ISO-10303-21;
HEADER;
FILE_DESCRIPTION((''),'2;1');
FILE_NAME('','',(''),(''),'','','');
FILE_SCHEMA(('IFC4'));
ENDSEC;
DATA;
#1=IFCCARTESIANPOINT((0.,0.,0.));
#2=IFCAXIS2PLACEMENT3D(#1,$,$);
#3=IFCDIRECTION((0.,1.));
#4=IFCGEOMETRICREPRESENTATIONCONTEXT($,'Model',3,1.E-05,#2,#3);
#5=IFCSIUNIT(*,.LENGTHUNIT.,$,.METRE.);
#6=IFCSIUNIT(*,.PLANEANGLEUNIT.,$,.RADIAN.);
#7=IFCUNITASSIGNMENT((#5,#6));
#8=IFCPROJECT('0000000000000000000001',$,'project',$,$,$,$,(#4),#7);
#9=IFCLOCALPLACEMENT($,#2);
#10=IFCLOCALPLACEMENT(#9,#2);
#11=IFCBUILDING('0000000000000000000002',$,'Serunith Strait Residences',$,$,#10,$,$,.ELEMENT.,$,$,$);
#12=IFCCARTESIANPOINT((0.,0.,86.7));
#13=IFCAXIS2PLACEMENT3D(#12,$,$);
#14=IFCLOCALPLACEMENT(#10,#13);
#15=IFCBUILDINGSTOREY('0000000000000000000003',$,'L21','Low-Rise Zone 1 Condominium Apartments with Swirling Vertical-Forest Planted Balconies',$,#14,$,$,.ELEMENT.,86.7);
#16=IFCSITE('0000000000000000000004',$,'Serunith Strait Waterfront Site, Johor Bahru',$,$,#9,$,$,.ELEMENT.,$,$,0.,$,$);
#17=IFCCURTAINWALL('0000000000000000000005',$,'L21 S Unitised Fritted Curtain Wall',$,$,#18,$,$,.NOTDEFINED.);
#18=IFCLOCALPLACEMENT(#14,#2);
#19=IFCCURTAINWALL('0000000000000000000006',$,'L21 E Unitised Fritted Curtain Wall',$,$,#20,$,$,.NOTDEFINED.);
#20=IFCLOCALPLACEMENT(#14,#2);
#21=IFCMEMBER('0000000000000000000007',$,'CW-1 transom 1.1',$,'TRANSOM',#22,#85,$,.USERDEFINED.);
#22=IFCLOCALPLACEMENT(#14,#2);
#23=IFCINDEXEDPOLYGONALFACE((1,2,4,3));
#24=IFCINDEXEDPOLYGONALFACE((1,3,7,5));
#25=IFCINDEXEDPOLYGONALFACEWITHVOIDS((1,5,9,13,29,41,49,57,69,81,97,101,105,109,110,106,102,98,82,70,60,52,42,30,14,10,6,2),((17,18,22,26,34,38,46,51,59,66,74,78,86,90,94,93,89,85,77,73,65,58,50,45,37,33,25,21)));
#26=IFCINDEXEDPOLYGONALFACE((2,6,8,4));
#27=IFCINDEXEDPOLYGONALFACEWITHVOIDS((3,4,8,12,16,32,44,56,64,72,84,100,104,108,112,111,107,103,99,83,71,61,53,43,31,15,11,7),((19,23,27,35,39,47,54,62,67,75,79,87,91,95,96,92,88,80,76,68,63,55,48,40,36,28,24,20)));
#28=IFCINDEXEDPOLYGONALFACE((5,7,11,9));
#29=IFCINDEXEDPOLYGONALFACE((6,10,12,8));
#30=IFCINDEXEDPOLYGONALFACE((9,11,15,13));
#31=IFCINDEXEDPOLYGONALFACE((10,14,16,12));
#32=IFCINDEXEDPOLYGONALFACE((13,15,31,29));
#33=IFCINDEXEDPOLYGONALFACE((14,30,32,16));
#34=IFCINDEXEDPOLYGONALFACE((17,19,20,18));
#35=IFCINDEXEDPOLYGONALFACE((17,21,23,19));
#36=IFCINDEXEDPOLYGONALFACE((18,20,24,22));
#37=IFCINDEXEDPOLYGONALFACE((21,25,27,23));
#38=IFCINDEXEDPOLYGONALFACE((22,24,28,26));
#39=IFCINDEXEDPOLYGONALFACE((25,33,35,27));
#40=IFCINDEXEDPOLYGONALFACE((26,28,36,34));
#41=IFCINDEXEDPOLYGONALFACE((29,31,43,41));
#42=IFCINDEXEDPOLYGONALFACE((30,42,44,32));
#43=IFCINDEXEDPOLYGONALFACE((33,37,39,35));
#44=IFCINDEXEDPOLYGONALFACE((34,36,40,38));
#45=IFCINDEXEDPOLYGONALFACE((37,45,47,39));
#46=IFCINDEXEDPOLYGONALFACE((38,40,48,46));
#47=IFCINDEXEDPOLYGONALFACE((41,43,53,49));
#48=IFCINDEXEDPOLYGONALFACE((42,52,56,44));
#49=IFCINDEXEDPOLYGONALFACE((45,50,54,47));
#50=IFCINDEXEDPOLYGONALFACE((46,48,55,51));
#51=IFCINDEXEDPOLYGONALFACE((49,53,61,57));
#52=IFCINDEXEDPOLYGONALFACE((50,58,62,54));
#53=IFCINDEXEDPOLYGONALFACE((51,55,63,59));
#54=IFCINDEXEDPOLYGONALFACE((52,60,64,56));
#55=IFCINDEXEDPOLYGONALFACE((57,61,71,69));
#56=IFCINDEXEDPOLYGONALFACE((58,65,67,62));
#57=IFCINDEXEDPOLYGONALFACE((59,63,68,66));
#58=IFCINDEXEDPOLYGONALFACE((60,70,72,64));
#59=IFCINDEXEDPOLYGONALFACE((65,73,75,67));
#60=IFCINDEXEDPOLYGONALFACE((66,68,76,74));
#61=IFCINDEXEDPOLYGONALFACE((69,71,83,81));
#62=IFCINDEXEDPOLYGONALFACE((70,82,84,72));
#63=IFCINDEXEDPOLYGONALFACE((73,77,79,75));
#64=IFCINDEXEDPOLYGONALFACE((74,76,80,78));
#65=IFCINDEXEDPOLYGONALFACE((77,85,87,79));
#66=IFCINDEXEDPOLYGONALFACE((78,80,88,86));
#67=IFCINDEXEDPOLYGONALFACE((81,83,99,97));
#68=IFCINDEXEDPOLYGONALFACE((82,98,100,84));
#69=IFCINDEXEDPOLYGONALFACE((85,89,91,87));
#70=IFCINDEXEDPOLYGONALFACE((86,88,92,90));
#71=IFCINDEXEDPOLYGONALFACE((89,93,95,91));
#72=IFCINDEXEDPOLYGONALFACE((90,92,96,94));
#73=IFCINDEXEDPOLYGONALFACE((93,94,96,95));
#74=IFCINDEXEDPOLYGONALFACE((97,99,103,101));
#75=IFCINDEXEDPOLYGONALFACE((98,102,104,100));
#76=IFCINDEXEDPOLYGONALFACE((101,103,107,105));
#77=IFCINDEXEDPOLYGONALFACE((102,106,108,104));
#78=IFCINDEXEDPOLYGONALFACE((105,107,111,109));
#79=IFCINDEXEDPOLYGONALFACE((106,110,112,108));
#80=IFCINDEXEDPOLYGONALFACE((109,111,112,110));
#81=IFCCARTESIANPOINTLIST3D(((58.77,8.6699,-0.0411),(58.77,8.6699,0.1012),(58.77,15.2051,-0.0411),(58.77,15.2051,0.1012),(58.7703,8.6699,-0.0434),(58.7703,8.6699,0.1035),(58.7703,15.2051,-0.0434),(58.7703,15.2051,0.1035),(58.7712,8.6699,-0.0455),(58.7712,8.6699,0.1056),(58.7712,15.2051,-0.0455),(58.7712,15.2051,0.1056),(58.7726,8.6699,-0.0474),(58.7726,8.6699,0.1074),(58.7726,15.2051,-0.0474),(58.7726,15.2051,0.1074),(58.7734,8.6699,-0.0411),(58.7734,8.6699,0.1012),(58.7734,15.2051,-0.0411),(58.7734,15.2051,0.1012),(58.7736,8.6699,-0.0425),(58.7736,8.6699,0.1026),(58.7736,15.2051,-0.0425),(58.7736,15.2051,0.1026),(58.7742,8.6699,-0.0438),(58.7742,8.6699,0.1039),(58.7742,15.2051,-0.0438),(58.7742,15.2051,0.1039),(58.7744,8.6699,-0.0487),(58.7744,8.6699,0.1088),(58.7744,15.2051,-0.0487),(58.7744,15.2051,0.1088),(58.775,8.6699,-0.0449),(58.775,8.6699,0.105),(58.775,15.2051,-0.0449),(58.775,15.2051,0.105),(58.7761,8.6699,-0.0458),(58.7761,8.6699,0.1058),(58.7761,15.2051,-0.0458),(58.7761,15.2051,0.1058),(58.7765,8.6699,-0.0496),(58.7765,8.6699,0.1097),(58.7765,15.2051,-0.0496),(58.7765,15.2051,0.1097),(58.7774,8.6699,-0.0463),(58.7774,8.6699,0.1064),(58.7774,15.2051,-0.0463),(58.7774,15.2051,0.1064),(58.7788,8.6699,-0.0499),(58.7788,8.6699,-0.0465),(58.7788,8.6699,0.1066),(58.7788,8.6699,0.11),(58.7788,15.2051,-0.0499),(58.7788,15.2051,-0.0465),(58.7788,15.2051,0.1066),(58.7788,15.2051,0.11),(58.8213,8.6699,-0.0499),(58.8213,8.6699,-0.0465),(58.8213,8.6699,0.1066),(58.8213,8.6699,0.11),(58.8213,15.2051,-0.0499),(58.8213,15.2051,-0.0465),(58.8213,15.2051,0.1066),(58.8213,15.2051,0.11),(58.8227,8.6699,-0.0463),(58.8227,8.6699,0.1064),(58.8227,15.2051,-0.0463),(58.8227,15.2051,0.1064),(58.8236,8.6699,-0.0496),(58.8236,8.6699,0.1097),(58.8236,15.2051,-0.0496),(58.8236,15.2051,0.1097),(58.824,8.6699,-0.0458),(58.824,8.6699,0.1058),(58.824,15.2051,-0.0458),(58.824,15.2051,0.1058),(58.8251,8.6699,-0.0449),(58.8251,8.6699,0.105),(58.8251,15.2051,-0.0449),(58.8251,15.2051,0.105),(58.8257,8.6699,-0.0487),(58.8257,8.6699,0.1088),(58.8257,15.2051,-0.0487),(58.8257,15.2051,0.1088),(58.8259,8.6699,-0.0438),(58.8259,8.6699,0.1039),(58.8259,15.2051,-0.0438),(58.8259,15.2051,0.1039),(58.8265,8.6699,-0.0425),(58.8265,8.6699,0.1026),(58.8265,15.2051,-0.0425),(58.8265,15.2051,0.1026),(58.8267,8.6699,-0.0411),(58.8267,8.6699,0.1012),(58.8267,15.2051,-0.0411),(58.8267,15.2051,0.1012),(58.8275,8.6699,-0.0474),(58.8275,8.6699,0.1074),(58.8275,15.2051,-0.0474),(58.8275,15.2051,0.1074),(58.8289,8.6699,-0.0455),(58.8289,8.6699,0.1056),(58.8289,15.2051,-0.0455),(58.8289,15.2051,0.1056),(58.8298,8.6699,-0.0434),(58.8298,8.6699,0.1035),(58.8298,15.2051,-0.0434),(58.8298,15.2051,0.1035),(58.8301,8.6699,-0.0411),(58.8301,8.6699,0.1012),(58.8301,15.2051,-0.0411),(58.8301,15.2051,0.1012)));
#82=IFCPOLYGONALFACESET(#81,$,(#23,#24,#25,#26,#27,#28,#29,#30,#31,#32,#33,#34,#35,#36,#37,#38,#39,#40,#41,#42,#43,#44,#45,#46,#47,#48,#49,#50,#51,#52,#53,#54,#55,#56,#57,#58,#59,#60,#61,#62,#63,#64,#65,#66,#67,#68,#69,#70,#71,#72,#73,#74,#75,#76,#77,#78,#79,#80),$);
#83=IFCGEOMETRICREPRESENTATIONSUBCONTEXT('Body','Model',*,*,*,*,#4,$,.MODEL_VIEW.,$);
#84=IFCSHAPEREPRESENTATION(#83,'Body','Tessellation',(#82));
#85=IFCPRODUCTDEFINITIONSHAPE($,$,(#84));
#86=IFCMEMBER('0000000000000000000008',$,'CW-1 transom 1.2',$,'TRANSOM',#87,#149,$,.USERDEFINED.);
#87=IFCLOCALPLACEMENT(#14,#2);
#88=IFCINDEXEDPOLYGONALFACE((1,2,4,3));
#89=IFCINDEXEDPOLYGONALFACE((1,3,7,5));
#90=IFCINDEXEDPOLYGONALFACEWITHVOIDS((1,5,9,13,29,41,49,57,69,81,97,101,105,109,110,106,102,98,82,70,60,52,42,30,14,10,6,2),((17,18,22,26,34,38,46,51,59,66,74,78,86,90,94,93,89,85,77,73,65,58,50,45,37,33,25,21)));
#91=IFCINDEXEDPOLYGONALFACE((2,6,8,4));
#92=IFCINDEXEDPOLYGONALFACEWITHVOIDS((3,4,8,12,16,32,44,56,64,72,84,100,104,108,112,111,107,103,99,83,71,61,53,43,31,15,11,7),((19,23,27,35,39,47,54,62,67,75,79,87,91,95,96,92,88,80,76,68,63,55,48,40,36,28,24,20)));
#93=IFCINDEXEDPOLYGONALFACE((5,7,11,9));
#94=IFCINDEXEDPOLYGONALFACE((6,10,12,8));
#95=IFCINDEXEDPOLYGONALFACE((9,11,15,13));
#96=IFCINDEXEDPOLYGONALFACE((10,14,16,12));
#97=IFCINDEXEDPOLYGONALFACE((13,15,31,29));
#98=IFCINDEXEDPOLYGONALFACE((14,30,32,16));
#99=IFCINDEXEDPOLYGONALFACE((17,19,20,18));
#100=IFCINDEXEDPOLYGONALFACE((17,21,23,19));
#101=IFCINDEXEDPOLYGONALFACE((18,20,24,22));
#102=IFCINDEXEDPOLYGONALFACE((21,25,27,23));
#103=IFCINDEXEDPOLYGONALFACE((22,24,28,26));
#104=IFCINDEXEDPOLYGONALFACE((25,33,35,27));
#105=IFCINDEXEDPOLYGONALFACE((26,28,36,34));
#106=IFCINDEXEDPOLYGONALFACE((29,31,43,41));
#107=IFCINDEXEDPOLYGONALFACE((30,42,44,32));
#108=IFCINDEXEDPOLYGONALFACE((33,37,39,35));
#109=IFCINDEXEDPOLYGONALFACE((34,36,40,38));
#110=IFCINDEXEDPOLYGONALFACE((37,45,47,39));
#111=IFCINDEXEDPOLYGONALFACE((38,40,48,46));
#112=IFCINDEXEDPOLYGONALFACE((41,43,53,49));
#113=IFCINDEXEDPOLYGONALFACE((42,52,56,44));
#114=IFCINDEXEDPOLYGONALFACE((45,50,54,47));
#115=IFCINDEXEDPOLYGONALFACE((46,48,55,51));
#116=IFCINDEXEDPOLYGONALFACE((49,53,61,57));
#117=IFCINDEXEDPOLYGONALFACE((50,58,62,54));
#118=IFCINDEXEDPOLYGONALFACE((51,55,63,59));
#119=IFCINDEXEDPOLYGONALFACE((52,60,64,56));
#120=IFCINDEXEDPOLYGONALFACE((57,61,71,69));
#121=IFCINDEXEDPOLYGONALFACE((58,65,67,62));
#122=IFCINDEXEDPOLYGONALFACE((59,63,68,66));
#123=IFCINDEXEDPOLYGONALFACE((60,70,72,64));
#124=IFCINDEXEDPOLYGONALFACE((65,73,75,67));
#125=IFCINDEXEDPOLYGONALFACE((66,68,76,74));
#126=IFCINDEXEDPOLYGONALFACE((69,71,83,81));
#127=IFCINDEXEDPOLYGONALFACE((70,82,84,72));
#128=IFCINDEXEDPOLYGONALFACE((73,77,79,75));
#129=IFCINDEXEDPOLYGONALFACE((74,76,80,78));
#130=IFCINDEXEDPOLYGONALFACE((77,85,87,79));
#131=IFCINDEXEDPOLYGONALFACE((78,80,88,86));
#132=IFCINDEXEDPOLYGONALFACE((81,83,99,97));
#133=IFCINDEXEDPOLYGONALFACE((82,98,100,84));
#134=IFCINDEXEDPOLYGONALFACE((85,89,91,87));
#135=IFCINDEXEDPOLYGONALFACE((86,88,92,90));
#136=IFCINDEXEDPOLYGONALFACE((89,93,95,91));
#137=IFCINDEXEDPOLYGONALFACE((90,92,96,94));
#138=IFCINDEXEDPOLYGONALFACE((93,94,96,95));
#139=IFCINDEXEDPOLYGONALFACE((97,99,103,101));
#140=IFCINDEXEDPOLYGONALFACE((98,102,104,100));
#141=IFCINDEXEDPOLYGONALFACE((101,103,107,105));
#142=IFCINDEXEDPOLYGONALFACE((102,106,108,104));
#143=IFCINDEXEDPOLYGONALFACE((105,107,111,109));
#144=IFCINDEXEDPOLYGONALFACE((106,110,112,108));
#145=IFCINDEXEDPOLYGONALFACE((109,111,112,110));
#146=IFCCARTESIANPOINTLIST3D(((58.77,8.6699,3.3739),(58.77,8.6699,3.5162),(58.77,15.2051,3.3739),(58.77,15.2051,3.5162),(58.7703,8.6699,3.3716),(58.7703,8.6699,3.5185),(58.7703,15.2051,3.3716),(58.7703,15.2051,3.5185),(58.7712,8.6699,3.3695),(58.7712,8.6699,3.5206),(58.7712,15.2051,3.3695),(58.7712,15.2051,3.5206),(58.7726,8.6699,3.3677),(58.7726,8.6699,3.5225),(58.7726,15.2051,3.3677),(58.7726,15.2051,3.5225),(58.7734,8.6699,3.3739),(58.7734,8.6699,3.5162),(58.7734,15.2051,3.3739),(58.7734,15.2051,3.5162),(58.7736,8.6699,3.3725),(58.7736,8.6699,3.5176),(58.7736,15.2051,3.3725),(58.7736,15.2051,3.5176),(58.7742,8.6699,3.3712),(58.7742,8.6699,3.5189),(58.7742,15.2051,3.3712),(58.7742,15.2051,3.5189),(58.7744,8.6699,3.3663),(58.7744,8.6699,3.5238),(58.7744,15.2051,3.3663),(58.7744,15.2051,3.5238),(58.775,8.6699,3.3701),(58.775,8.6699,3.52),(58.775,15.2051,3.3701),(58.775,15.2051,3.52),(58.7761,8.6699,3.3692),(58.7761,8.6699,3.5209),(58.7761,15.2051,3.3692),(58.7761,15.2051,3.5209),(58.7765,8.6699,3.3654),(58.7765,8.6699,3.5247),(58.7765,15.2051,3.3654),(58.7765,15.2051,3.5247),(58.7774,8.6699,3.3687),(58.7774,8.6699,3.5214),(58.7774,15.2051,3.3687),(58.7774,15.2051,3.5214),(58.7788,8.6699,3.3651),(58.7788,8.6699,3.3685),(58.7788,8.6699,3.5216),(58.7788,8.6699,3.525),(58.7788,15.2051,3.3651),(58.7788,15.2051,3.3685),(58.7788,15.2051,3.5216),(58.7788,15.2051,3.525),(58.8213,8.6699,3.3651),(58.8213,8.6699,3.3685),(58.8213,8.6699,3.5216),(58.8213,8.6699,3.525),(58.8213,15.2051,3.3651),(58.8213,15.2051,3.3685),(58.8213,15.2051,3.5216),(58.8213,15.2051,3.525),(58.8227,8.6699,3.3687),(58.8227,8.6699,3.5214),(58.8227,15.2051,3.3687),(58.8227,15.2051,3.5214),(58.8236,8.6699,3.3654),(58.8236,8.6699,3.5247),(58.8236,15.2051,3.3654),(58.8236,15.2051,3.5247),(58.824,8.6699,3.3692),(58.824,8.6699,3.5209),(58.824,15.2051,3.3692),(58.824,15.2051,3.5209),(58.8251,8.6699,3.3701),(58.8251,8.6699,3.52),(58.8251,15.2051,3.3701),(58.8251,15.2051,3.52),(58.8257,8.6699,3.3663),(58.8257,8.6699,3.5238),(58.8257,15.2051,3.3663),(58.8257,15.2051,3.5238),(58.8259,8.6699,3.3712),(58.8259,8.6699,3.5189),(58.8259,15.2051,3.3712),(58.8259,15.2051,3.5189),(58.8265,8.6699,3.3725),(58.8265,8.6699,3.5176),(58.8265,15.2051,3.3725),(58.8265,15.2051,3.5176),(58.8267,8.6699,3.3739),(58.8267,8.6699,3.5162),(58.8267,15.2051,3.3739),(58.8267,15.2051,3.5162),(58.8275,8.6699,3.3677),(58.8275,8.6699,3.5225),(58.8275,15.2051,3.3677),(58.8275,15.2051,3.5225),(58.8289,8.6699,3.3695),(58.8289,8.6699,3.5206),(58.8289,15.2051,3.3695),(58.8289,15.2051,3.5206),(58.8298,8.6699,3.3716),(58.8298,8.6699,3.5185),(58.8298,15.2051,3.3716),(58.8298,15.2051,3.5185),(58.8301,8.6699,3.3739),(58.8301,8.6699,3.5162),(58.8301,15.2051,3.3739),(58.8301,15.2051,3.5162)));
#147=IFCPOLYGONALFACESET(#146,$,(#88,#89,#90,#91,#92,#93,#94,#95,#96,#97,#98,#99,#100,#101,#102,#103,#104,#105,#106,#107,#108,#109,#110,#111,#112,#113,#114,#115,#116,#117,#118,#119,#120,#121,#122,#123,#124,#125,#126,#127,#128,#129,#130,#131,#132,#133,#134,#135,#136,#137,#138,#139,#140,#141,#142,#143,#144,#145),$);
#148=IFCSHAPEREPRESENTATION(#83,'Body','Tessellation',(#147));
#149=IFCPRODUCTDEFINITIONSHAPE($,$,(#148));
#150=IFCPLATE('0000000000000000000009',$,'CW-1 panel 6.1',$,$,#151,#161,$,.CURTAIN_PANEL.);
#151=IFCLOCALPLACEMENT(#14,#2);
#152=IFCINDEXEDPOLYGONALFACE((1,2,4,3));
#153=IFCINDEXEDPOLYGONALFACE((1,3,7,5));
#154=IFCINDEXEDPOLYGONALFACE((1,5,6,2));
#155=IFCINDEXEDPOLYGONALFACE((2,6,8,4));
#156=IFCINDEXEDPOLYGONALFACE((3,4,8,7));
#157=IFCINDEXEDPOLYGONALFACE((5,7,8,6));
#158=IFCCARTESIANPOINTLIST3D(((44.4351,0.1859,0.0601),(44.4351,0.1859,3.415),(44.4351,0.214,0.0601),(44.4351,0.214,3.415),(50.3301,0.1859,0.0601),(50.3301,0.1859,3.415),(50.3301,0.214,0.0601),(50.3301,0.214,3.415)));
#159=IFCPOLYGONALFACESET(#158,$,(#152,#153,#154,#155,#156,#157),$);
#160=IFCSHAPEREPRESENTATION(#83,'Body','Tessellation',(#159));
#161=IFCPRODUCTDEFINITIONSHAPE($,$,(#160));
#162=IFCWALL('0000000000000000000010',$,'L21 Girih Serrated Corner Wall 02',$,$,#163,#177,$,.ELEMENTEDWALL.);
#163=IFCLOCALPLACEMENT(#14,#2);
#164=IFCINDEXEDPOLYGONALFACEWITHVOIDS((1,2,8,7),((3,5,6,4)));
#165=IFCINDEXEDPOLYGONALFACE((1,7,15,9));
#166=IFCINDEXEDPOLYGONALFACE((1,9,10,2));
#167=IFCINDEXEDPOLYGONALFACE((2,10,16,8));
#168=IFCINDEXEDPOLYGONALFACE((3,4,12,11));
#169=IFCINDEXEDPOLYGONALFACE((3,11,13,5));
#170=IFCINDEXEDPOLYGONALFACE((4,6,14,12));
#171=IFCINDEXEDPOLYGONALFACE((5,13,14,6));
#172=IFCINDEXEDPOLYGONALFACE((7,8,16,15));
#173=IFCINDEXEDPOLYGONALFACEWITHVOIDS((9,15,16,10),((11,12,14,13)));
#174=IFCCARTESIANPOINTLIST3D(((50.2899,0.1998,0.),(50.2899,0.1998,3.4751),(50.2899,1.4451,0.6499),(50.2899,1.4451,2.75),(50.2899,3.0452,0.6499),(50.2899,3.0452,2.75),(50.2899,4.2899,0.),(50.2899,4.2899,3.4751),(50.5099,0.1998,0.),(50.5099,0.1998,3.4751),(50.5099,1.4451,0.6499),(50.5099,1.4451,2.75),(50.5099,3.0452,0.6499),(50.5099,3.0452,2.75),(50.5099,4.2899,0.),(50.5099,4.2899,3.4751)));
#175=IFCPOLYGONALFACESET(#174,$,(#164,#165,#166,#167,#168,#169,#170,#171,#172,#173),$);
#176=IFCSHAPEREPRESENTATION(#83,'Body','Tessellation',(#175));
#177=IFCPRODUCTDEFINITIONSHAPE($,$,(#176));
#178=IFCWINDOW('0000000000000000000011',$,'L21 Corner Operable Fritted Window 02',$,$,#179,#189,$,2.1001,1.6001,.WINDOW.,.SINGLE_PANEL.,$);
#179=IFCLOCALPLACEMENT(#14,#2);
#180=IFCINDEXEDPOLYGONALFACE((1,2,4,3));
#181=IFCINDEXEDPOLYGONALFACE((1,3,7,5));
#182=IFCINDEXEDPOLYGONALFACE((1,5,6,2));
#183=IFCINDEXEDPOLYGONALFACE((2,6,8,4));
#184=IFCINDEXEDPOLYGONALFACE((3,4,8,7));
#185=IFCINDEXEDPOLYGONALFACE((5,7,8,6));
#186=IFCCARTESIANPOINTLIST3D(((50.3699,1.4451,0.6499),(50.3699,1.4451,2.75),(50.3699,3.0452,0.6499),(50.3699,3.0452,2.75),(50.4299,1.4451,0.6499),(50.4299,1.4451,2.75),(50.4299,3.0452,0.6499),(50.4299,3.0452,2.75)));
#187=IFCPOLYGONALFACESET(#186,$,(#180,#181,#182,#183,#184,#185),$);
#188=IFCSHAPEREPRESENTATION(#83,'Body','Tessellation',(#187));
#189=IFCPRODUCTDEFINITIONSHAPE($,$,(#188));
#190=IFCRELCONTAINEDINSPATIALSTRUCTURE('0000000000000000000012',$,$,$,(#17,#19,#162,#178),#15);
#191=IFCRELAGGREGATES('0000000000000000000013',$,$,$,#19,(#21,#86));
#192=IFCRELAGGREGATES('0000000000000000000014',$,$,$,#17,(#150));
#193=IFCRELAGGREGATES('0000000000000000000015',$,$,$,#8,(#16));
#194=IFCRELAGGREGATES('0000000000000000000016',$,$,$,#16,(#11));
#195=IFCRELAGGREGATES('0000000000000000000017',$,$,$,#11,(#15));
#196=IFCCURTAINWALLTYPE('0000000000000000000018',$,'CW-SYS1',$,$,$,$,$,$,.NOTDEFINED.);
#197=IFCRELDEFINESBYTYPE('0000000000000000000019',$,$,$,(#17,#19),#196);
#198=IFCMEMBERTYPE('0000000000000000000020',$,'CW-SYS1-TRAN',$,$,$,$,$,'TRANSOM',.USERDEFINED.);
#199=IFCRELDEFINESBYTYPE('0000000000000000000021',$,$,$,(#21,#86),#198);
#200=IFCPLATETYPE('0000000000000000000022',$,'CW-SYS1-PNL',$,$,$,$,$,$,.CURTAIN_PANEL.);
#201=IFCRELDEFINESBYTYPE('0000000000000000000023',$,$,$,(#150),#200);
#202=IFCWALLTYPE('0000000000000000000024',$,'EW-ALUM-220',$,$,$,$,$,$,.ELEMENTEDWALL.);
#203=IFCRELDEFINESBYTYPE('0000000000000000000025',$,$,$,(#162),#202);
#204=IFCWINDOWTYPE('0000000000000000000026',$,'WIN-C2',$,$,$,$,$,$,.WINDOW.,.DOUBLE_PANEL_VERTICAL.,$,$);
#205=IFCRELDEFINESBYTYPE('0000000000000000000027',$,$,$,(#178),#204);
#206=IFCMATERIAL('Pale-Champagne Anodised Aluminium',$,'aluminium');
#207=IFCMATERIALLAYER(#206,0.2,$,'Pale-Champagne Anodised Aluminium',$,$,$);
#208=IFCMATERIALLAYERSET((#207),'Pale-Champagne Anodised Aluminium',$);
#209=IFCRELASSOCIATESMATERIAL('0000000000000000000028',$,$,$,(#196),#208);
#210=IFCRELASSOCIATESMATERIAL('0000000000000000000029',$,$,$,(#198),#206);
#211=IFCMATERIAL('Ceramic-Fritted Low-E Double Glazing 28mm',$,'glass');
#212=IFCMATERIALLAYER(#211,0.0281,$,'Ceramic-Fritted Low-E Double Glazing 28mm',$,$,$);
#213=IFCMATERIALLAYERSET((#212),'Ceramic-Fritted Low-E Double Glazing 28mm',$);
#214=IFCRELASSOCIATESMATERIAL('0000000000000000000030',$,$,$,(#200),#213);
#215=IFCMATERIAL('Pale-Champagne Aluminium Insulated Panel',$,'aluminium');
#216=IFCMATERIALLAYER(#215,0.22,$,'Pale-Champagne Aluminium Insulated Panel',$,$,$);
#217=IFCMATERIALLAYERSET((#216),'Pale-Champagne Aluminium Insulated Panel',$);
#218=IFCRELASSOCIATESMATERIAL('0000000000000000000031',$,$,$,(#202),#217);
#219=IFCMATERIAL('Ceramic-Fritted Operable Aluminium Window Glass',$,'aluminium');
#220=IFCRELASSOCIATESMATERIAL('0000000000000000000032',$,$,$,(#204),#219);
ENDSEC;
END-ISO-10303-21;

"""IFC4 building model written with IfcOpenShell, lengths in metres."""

from ifc_helpers import new_model, si_unit, direction, frame, frame_2d, origin, origin_2d, place, context, subcontext, project, spatial, rectangle, hollow_rectangle, extrude, source, transform, mapped, material, layer, layer_set, material_profile, profile_set, type_object, element, fill, aggregate, save


model = new_model("IFC4")

# Units and contexts
model_context = context("Model", 3, precision=1e-05, world=origin(), true_north=direction((0.0, 1.0)))
body_context = subcontext(model_context, "Body", "Model", "MODEL_VIEW")
ifc_project = project(units=[si_unit("LENGTHUNIT", "METRE"), si_unit("PLANEANGLEUNIT", "RADIAN")], contexts=[model_context])

# Site, building, storey
site_placement = place(None, origin())
site = spatial("IfcSite", under=ifc_project, at=site_placement, Name="Serunith Strait Waterfront Site, Johor Bahru", CompositionType="ELEMENT", RefElevation=0.0)
building_placement = place(site_placement, origin())
building = spatial("IfcBuilding", under=site, at=building_placement, Name="Serunith Strait Residences", CompositionType="ELEMENT")
storey_placement = place(building_placement, frame((0.0, 0.0, 86.7)))
storey = spatial("IfcBuildingStorey", under=building, at=storey_placement, Name="L21", Description="Low-Rise Zone 1 Condominium Apartments with Swirling Vertical-Forest Planted Balconies", CompositionType="ELEMENT", Elevation=86.7)

# Curtain wall
ifc_material_1 = material(Name="Pale-Champagne Anodised Aluminium", Category="aluminium")
ifc_layer_1 = layer(ifc_material_1, 0.2, Name="Pale-Champagne Anodised Aluminium")
ifc_layer_set_1 = layer_set([ifc_layer_1], Name="Pale-Champagne Anodised Aluminium")
curtain_wall_type = type_object("IfcCurtainWallType", Name="CW-SYS1", PredefinedType="NOTDEFINED", material=ifc_layer_set_1)
curtain_wall_1_placement = place(storey_placement, origin())
curtain_wall_1 = element("IfcCurtainWall", 1, at=curtain_wall_1_placement, inside=storey, type_object=curtain_wall_type, Name="L21 S Unitised Fritted Curtain Wall", PredefinedType="NOTDEFINED")

# Curtain wall, members
curtain_wall_2_placement = place(storey_placement, origin())
curtain_wall_2 = element("IfcCurtainWall", 2, at=curtain_wall_2_placement, inside=storey, type_object=curtain_wall_type, Name="L21 E Unitised Fritted Curtain Wall", PredefinedType="NOTDEFINED")
ifc_material_profile_1 = material_profile(ifc_material_1, hollow_rectangle(XDim=0.0601, YDim=0.1599, WallThickness=0.0034, InnerFilletRadius=0.0054, OuterFilletRadius=0.0088, at=origin_2d()), Name="ALU 160x60x3.5")
ifc_profile_set_1 = profile_set([ifc_material_profile_1], Name="Pale-Champagne Anodised Aluminium")
member_type_1 = type_object("IfcMemberType", Name="CW-SYS1-TRAN", ElementType="TRANSOM", PredefinedType="USERDEFINED", material=ifc_profile_set_1)
shared_shape_1 = source(origin(), body_context, "Body", "SweptSolid", [
    extrude(hollow_rectangle(XDim=0.0601, YDim=0.1599, WallThickness=0.0034, InnerFilletRadius=0.0054, OuterFilletRadius=0.0088, at=origin_2d()), origin(), (0.0, 0.0, 1.0), 6.5352),
])
member_1_placement = place(storey_placement, frame((58.8, 8.6699, 0.03), z_axis=(0.0, 1.0, 0.0), x_axis=(-1.0, 0.0, 0.0)))
member_1 = element("IfcMember", 3, at=member_1_placement, type_object=member_type_1, Name="CW-1 transom 1.1", ObjectType="TRANSOM", PredefinedType="USERDEFINED", context=body_context, shape_type="MappedRepresentation", body=[
    mapped(shared_shape_1, transform((0.0, 0.0, 0.0), scale=1.0)),
])
member_2_placement = place(storey_placement, frame((58.8, 8.6699, 3.4451), z_axis=(0.0, 1.0, 0.0), x_axis=(-1.0, 0.0, 0.0)))
member_2 = element("IfcMember", 4, at=member_2_placement, type_object=member_type_1, Name="CW-1 transom 1.2", ObjectType="TRANSOM", PredefinedType="USERDEFINED", context=body_context, shape_type="MappedRepresentation", body=[
    mapped(shared_shape_1, transform((0.0, 0.0, 0.0), scale=1.0)),
])
aggregate(curtain_wall_2, [member_1, member_2])

# Plate
ifc_material_2 = material(Name="Ceramic-Fritted Low-E Double Glazing 28mm", Category="glass")
ifc_layer_2 = layer(ifc_material_2, 0.0281, Name="Ceramic-Fritted Low-E Double Glazing 28mm")
ifc_layer_set_2 = layer_set([ifc_layer_2], Name="Ceramic-Fritted Low-E Double Glazing 28mm")
plate_type = type_object("IfcPlateType", Name="CW-SYS1-PNL", PredefinedType="CURTAIN_PANEL", material=ifc_layer_set_2)
shared_shape_2 = source(origin(), body_context, "Body", "SweptSolid", [
    extrude(rectangle(XDim=5.895, YDim=0.0281, at=origin_2d()), origin(), (0.0, 0.0, 1.0), 3.355),
])
plate_placement = place(storey_placement, frame((47.3826, 0.2, 0.0601), z_axis=(0.0, 0.0, 1.0), x_axis=(1.0, 0.0, 0.0)))
plate = element("IfcPlate", 5, at=plate_placement, type_object=plate_type, Name="CW-1 panel 6.1", PredefinedType="CURTAIN_PANEL", context=body_context, shape_type="MappedRepresentation", body=[
    mapped(shared_shape_2, transform((0.0, 0.0, 0.0), scale=1.0)),
])
aggregate(curtain_wall_1, [plate])

# Wall, opening, window
ifc_material_3 = material(Name="Pale-Champagne Aluminium Insulated Panel", Category="aluminium")
ifc_layer_3 = layer(ifc_material_3, 0.22, Name="Pale-Champagne Aluminium Insulated Panel")
ifc_layer_set_3 = layer_set([ifc_layer_3], Name="Pale-Champagne Aluminium Insulated Panel")
wall_type_1 = type_object("IfcWallType", Name="EW-ALUM-220", PredefinedType="ELEMENTEDWALL", material=ifc_layer_set_3)
wall_1_placement = place(storey_placement, frame((50.3999, 0.2, 0.0), z_axis=(0.0, 0.0, 1.0), x_axis=(0.0, 1.0, 0.0)))
wall_1 = element("IfcWall", 6, at=wall_1_placement, inside=storey, type_object=wall_type_1, Name="L21 Girih Serrated Corner Wall 02", PredefinedType="ELEMENTEDWALL", context=body_context, shape_type="SweptSolid", body=[
    extrude(rectangle(XDim=4.0901, YDim=0.22, at=frame_2d((2.0449, 0.0))), origin(), (0.0, 0.0, 1.0), 3.4751),
])
opening_1_placement = place(wall_1_placement, frame((1.2451, 0.0, 0.6499)))
opening_1 = element("IfcOpeningElement", 7, at=opening_1_placement, cuts=wall_1, PredefinedType="OPENING", context=body_context, shape_type="SweptSolid", body=[
    extrude(rectangle(XDim=1.6001, YDim=2.1001, at=frame_2d((0.8, 1.05))), frame((0.0, 0.1201, 0.0), z_axis=(0.0, -1.0, 0.0), x_axis=(1.0, 0.0, 0.0)), (0.0, 0.0, 1.0), 0.24),
])
ifc_material_4 = material(Name="Ceramic-Fritted Operable Aluminium Window Glass", Category="aluminium")
window_type = type_object("IfcWindowType", Name="WIN-C2", PartitioningType="DOUBLE_PANEL_VERTICAL", PredefinedType="WINDOW", material=ifc_material_4)
shared_shape_3 = source(origin(), body_context, "Body", "SweptSolid", [
    extrude(rectangle(XDim=1.6001, YDim=2.1001, at=frame_2d((0.8, 1.05))), frame((0.0, 0.03, 0.0), z_axis=(0.0, -1.0, 0.0), x_axis=(1.0, 0.0, 0.0)), (0.0, 0.0, 1.0), 0.0601),
])
window_1_placement = place(opening_1_placement, origin())
window_1 = element("IfcWindow", 8, at=window_1_placement, inside=storey, type_object=window_type, Name="L21 Corner Operable Fritted Window 02", OverallHeight=2.1001, OverallWidth=1.6001, PartitioningType="SINGLE_PANEL", PredefinedType="WINDOW", context=body_context, shape_type="MappedRepresentation", body=[
    mapped(shared_shape_3, transform((0.0, 0.0, 0.0), scale=1.0)),
])
fill(opening_1, window_1)

save(model, "model.ifc")
